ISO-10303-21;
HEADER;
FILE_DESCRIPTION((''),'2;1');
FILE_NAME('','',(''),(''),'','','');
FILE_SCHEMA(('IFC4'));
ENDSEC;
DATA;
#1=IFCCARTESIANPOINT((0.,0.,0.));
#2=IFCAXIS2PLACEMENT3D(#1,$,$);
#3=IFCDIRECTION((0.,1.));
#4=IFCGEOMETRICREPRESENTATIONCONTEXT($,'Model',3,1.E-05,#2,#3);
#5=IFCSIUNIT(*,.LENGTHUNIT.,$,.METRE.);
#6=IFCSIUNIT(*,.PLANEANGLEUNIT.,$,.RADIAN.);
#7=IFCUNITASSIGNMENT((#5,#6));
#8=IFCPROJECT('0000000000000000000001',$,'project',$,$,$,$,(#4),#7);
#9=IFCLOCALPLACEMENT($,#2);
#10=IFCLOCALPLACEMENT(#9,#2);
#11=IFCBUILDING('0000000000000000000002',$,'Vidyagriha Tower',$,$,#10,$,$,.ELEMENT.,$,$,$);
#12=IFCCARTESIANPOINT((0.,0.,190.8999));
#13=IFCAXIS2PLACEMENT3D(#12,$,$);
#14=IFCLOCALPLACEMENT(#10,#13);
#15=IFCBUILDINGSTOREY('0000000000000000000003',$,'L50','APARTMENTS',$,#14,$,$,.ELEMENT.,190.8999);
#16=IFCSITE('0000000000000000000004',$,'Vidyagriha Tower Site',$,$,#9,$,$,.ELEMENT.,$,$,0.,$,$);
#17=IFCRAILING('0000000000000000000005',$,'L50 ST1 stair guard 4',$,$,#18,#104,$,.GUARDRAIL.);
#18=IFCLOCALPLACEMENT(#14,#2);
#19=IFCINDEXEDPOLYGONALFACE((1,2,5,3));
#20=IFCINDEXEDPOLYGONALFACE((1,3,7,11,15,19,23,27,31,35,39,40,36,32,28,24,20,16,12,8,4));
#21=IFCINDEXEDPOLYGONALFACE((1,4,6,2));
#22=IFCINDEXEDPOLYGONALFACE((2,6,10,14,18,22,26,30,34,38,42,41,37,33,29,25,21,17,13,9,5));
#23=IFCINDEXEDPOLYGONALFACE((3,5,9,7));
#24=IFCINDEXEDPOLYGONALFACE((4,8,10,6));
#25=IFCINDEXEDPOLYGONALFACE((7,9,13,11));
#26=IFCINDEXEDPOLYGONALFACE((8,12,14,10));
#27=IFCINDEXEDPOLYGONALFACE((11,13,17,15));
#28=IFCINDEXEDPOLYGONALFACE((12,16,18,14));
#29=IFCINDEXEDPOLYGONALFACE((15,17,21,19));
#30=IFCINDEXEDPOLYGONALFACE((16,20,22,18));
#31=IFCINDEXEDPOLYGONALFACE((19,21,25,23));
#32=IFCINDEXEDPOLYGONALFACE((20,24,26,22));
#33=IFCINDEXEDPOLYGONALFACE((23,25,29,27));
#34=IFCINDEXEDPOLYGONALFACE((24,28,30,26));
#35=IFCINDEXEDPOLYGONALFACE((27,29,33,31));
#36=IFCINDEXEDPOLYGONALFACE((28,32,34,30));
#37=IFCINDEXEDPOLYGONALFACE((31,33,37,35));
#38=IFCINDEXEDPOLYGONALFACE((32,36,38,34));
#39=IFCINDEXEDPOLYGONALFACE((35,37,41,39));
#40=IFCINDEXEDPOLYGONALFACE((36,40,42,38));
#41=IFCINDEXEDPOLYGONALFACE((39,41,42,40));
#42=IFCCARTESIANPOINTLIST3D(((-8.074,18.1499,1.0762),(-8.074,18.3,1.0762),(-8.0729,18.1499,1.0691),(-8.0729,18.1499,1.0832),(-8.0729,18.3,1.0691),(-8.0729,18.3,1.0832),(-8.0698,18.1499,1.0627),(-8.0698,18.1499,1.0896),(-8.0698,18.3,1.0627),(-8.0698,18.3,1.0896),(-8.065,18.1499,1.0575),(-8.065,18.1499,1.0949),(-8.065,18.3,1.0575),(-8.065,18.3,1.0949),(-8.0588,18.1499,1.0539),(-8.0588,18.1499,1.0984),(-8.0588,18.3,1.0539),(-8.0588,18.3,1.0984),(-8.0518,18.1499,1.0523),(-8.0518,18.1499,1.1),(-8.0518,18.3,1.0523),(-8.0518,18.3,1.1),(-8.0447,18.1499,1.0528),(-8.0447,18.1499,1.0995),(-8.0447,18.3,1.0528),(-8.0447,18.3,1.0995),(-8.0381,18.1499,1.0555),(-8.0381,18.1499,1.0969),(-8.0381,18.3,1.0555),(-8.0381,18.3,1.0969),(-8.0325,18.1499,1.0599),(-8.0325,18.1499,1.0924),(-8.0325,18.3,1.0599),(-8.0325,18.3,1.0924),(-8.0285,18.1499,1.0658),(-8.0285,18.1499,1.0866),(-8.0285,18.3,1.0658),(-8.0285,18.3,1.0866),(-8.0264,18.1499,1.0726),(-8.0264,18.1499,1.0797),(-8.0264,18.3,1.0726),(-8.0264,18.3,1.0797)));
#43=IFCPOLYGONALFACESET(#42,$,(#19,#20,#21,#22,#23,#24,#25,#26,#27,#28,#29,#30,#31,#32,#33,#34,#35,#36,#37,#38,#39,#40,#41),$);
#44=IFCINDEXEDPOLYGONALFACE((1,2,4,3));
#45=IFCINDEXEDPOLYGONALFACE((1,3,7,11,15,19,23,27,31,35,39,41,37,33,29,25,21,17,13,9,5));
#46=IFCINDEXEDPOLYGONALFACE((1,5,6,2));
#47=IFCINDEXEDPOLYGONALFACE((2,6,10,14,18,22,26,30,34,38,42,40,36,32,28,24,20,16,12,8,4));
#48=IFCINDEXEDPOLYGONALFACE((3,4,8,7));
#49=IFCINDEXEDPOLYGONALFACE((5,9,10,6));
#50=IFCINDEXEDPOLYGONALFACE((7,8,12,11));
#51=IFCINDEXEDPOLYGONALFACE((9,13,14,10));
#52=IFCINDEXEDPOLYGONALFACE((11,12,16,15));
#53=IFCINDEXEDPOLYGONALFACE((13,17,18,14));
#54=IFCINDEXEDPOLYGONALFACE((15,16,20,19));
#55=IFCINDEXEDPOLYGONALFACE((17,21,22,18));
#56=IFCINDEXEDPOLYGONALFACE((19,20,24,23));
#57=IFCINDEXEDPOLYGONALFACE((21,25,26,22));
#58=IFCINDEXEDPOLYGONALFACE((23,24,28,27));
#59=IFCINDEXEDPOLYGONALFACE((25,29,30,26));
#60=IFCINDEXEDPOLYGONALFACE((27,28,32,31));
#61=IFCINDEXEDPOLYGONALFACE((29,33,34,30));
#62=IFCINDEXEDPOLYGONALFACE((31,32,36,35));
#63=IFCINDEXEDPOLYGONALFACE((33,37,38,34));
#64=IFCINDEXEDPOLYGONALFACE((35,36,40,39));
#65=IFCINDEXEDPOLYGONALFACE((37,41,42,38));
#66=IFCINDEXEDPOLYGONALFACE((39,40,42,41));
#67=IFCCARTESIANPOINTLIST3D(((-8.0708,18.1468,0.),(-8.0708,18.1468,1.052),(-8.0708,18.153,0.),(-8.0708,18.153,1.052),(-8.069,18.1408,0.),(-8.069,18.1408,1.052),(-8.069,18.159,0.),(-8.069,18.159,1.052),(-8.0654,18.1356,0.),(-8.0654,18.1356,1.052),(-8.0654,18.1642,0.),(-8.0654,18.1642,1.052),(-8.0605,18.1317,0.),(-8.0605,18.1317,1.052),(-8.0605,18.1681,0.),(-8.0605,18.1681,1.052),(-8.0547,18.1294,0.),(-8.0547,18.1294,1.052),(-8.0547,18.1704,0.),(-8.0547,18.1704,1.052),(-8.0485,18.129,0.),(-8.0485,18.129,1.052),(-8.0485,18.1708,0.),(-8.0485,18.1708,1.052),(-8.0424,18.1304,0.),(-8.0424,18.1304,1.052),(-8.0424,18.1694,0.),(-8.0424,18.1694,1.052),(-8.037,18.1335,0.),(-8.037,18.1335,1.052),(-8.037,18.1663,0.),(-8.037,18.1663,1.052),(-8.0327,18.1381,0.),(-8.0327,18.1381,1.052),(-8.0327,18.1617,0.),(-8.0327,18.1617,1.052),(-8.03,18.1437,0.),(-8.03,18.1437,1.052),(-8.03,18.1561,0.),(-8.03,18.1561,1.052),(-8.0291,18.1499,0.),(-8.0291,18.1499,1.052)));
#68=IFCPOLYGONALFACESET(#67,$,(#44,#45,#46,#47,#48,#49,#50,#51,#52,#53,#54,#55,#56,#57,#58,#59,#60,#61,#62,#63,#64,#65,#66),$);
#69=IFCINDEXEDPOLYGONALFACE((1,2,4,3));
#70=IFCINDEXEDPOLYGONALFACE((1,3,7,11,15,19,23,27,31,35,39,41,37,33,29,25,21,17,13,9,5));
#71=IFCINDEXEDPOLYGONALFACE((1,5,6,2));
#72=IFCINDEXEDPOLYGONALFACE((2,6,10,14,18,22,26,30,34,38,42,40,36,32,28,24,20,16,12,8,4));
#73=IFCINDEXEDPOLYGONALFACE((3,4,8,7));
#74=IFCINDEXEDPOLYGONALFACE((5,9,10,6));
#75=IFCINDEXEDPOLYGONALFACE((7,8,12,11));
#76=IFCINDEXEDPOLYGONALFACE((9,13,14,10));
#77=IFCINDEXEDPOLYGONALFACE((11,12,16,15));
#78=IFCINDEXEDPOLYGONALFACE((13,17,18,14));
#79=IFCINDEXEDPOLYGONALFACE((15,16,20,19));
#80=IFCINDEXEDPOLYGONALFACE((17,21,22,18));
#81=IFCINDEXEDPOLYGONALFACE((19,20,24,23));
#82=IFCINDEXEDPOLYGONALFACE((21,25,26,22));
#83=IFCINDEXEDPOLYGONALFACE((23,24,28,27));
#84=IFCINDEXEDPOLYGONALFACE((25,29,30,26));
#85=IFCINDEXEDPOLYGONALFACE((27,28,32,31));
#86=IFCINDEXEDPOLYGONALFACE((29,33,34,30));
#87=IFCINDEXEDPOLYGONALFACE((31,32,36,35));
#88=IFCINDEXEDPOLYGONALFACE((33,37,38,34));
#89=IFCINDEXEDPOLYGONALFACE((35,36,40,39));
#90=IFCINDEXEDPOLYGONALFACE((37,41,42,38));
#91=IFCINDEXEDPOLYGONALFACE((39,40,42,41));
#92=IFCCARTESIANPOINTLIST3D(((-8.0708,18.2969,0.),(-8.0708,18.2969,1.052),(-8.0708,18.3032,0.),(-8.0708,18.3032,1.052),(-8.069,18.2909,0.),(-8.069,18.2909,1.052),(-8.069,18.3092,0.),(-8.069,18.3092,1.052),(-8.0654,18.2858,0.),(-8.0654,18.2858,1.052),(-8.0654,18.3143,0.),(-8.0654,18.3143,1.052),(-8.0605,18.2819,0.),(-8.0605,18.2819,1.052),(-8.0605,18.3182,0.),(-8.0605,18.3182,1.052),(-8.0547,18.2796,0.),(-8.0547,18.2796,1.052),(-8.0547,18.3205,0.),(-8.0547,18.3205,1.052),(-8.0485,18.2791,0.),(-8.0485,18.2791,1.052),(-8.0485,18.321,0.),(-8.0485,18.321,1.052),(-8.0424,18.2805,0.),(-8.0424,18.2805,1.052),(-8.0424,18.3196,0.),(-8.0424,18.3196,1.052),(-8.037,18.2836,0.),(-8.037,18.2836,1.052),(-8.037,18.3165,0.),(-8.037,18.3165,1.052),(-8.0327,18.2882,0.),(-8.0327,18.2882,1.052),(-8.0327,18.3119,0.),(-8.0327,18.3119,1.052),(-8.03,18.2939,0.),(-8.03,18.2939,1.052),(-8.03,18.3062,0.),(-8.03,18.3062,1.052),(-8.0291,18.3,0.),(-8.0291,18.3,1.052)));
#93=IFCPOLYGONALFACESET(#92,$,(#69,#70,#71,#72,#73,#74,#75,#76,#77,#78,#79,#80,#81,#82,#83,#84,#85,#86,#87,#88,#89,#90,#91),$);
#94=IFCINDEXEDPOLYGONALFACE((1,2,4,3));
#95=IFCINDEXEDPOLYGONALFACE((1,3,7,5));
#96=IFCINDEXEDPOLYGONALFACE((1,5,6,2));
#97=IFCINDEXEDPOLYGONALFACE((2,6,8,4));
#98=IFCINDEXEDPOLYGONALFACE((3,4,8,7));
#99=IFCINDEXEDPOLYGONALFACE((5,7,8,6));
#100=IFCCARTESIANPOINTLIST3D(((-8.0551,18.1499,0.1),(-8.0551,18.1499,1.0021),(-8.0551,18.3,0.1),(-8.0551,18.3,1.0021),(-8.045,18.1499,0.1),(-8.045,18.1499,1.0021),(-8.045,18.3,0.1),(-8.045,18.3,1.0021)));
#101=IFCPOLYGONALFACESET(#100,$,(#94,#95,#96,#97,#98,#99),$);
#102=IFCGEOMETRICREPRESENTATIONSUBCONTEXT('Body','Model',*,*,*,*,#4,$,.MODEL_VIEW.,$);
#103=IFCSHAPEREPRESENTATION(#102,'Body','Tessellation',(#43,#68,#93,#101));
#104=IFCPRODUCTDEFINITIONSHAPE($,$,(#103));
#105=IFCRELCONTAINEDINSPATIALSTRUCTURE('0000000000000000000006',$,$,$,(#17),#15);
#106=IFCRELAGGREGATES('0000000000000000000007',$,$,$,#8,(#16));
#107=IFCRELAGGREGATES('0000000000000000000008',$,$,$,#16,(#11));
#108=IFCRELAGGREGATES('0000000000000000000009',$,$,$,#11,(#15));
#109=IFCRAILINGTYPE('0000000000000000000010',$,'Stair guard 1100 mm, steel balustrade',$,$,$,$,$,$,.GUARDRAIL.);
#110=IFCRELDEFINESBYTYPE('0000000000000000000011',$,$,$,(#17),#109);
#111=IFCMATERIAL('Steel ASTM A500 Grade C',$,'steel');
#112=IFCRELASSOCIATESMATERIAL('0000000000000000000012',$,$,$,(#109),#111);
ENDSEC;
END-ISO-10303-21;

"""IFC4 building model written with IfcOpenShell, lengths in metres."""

from ifc_helpers import new_model, si_unit, direction, frame, origin, origin_2d, place, context, subcontext, project, spatial, rectangle, circle, extrude, material, type_object, element, save


model = new_model("IFC4")

# Units and contexts
model_context = context("Model", 3, precision=1e-05, world=origin(), true_north=direction((0.0, 1.0)))
body_context = subcontext(model_context, "Body", "Model", "MODEL_VIEW")
ifc_project = project(units=[si_unit("LENGTHUNIT", "METRE"), si_unit("PLANEANGLEUNIT", "RADIAN")], contexts=[model_context])

# Site, building, storey
site_placement = place(None, origin())
site = spatial("IfcSite", under=ifc_project, at=site_placement, Name="Vidyagriha Tower Site", CompositionType="ELEMENT", RefElevation=0.0)
building_placement = place(site_placement, origin())
building = spatial("IfcBuilding", under=site, at=building_placement, Name="Vidyagriha Tower", CompositionType="ELEMENT")
storey_placement = place(building_placement, frame((0.0, 0.0, 190.8999)))
storey = spatial("IfcBuildingStorey", under=building, at=storey_placement, Name="L50", Description="APARTMENTS", CompositionType="ELEMENT", Elevation=190.8999)

# Railing
ifc_material_1 = material(Name="Steel ASTM A500 Grade C", Category="steel")
railing_type_1 = type_object("IfcRailingType", Name="Stair guard 1100 mm, steel balustrade", PredefinedType="GUARDRAIL", material=ifc_material_1)
railing_1_placement = place(storey_placement, frame((-8.05, 18.1499, 0.0)))
element("IfcRailing", 1, at=railing_1_placement, inside=storey, type_object=railing_type_1, Name="L50 ST1 stair guard 4", PredefinedType="GUARDRAIL", context=body_context, shape_type="SweptSolid", body=[
    extrude(circle(Radius=0.0239, at=origin_2d()), frame((0.0, 0.0, 1.0762), z_axis=(0.0, 1.0, 0.0), x_axis=(-1.0, 0.0, 0.0)), (0.0, 0.0, 1.0), 0.1501),
    extrude(circle(Radius=0.021, at=origin_2d()), origin(), (0.0, 0.0, 1.0), 1.052),
    extrude(circle(Radius=0.021, at=origin_2d()), frame((0.0, 0.1501, 0.0)), (0.0, 0.0, 1.0), 1.052),
    extrude(rectangle(XDim=0.01, YDim=0.9021, at=origin_2d()), frame((0.0, 0.0, 0.551), z_axis=(0.0, 1.0, 0.0), x_axis=(-1.0, 0.0, 0.0)), (0.0, 0.0, 1.0), 0.1501),
])

save(model, "model.ifc")
